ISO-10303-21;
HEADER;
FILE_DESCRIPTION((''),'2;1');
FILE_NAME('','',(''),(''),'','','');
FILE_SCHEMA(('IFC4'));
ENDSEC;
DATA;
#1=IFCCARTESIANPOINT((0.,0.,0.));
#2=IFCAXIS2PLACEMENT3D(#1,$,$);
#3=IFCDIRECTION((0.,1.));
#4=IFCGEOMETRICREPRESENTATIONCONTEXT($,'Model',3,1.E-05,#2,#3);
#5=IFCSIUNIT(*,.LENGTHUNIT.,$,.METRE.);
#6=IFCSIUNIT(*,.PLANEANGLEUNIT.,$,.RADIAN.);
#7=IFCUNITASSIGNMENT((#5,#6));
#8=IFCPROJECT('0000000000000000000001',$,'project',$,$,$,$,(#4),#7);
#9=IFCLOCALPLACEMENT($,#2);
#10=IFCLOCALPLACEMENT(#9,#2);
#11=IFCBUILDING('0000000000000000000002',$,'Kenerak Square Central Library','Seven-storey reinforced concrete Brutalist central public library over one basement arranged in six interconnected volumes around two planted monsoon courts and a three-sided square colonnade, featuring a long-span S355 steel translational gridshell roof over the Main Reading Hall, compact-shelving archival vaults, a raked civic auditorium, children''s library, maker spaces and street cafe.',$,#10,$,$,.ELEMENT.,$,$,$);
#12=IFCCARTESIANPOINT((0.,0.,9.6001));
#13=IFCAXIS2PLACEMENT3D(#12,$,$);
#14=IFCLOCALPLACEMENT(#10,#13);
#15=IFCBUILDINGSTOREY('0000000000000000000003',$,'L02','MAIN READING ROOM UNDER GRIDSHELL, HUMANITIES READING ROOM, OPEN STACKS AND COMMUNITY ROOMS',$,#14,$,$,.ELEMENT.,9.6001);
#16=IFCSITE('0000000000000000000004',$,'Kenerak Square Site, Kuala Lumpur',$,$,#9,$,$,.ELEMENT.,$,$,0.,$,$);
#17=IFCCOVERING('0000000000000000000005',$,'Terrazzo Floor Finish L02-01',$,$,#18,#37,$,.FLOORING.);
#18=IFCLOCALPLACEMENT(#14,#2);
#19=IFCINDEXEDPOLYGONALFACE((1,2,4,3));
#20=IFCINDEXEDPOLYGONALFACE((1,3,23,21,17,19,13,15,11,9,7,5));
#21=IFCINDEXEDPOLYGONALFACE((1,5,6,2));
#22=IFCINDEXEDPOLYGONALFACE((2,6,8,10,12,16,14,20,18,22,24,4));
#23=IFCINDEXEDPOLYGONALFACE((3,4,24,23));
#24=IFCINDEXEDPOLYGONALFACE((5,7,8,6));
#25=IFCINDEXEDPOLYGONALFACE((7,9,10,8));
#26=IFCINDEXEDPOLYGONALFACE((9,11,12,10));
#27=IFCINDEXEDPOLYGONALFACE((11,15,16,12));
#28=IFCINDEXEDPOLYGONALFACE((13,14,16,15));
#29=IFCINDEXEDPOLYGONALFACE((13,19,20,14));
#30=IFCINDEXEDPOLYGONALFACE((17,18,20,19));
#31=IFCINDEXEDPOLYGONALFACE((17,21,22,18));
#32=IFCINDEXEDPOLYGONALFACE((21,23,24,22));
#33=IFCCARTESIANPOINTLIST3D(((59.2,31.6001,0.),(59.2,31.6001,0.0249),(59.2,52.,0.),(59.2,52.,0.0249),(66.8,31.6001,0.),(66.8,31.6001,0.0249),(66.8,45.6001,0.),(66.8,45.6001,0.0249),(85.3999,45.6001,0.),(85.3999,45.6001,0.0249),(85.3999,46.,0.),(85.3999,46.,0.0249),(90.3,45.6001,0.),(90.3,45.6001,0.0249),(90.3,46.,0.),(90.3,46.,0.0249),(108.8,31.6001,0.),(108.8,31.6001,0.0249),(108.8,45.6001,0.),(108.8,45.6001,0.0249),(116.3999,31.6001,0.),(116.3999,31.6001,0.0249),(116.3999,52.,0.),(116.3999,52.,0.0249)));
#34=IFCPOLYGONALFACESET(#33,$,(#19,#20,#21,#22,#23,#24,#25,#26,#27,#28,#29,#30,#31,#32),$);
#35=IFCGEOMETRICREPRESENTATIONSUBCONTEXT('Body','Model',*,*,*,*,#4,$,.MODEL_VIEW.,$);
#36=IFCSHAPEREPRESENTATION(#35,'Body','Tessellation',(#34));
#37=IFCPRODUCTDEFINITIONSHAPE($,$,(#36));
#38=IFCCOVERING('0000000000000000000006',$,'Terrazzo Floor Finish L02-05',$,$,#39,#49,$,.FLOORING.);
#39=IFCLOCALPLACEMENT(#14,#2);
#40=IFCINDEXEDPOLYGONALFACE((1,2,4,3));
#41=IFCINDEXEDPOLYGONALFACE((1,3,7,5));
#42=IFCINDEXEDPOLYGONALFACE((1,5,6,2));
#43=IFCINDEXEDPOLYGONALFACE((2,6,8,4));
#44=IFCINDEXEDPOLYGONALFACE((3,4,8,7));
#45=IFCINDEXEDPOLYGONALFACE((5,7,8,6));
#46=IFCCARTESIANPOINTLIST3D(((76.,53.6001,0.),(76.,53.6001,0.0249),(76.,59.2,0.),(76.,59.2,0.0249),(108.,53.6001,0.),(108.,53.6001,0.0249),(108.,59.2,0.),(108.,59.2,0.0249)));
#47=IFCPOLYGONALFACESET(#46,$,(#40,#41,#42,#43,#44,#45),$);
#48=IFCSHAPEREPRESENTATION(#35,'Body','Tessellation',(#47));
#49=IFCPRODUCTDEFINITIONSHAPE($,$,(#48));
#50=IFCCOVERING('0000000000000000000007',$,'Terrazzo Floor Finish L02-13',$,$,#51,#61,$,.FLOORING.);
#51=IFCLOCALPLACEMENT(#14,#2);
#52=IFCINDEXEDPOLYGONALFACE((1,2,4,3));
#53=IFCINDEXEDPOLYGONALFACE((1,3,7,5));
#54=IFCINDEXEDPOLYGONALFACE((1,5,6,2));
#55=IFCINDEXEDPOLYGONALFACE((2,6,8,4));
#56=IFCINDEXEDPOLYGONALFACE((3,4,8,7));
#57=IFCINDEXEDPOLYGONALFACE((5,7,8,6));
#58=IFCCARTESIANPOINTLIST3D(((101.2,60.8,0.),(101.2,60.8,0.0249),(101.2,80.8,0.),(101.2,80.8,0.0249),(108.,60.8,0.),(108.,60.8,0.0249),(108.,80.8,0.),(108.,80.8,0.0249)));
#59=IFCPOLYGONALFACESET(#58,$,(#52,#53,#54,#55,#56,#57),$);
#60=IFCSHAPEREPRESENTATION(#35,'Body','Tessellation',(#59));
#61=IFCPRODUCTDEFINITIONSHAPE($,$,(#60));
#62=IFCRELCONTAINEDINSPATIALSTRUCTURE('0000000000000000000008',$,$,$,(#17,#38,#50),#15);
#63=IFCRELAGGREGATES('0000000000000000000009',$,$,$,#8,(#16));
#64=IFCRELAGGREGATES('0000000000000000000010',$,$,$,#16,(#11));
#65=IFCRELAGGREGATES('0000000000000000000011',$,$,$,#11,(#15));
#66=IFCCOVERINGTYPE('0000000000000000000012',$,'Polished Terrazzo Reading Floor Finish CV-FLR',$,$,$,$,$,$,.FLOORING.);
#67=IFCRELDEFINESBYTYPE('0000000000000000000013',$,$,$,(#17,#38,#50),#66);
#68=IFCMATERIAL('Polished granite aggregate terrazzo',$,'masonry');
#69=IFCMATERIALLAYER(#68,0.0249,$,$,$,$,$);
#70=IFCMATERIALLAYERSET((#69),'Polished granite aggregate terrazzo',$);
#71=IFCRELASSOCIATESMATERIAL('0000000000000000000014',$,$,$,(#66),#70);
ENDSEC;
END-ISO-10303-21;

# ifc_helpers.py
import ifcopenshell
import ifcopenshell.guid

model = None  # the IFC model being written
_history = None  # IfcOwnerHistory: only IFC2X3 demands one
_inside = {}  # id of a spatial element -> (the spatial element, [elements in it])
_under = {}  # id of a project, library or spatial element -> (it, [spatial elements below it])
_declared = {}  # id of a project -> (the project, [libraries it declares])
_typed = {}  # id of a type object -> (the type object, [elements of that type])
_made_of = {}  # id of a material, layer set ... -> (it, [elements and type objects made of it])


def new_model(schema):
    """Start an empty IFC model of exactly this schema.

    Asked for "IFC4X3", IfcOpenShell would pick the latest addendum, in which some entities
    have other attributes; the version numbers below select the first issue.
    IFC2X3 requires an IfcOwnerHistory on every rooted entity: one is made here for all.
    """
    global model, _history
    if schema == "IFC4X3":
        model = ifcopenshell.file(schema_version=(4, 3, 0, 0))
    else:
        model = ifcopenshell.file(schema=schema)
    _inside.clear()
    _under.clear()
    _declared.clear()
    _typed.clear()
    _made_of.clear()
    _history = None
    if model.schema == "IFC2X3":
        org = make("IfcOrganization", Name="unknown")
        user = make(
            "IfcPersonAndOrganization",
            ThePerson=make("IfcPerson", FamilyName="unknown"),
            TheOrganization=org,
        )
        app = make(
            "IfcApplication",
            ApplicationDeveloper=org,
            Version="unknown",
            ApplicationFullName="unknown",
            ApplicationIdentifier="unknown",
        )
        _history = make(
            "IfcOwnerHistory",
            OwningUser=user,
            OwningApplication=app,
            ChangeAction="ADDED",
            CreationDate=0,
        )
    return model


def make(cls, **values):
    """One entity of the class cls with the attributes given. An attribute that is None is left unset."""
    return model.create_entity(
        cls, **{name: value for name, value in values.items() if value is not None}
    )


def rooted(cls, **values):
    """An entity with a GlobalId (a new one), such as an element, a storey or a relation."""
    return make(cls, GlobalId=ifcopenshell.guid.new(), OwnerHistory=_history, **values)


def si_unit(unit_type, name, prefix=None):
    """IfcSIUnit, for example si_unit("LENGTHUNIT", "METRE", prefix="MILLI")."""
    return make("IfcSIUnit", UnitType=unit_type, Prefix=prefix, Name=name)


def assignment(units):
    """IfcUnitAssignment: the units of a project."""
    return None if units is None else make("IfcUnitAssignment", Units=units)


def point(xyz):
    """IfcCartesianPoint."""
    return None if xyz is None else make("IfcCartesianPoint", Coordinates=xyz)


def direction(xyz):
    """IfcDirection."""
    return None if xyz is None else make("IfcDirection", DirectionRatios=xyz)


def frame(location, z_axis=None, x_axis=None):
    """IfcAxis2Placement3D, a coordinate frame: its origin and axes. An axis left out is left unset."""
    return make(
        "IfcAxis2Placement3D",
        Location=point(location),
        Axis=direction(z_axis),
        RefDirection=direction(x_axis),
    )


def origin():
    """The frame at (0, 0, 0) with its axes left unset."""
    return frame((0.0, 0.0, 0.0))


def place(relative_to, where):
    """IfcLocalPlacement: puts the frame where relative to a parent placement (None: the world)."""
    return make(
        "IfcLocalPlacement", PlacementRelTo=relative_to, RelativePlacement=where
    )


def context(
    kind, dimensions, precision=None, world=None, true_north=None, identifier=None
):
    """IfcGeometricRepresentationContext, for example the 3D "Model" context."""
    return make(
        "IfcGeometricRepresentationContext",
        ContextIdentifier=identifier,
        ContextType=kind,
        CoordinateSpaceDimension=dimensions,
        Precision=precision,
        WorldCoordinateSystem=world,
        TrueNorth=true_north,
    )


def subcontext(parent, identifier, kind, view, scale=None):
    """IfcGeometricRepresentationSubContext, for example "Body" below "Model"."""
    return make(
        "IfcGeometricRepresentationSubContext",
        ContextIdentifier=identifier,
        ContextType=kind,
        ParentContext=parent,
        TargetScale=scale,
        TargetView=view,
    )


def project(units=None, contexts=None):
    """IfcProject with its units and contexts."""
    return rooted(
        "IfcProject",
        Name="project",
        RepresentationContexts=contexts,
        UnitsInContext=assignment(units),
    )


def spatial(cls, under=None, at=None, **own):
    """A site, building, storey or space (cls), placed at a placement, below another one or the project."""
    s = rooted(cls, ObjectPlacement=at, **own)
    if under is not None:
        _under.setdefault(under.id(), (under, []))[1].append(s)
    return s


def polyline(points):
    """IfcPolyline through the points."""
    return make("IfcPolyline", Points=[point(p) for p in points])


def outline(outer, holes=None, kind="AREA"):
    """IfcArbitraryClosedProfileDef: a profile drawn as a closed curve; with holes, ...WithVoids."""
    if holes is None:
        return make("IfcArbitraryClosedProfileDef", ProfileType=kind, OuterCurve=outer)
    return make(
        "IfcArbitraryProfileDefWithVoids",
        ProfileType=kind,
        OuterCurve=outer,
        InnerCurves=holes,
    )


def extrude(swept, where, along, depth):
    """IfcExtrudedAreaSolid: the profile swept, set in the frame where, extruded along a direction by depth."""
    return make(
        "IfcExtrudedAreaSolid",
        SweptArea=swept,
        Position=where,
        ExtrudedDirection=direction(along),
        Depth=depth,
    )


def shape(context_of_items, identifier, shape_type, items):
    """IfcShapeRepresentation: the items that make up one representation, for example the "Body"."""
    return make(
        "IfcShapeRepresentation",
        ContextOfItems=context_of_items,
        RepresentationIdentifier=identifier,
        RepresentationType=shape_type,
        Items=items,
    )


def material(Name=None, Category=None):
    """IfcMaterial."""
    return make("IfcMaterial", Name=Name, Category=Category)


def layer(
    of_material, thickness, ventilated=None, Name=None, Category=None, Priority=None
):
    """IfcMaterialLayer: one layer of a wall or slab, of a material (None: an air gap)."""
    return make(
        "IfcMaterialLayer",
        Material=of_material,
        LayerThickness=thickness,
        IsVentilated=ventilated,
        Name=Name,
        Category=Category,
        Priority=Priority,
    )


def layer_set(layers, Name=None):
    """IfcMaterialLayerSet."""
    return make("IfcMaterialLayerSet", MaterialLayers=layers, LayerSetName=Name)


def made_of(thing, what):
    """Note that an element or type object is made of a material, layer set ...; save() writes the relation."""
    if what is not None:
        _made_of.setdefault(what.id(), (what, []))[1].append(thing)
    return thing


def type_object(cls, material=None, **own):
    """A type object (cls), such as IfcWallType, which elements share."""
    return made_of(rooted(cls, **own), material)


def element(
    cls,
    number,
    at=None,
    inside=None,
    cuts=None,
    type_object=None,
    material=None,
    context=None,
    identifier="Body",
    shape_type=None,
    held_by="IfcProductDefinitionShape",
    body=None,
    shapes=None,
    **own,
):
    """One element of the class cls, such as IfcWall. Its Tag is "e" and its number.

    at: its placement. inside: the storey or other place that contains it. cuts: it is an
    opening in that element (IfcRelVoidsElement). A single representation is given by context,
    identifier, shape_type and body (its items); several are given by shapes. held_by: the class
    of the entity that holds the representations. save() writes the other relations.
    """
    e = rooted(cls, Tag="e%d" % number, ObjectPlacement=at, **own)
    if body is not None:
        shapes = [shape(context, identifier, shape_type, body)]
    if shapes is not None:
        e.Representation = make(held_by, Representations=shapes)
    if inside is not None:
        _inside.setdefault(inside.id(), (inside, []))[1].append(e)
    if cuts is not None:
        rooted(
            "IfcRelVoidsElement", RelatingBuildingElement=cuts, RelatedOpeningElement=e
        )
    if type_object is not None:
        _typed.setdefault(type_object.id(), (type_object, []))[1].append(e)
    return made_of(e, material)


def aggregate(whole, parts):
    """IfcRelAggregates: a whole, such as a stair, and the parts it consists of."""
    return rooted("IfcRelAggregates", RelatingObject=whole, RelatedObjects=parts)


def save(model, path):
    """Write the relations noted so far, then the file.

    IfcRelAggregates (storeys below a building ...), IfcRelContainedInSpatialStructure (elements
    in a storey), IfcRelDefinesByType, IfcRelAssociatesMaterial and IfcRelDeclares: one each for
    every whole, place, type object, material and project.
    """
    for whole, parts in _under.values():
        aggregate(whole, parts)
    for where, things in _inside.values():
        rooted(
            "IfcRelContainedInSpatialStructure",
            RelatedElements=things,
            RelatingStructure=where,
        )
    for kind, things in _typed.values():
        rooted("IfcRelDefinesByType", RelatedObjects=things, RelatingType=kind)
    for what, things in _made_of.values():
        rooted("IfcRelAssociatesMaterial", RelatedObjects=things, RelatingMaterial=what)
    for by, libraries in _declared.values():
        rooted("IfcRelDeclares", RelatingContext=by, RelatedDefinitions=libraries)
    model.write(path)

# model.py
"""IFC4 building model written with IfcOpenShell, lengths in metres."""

from ifc_helpers import new_model, si_unit, direction, frame, origin, place, context, subcontext, project, spatial, polyline, outline, extrude, material, layer, layer_set, type_object, element, save


model = new_model("IFC4")

# Units and contexts
model_context = context("Model", 3, precision=1e-05, world=origin(), true_north=direction((0.0, 1.0)))
body_context = subcontext(model_context, "Body", "Model", "MODEL_VIEW")
ifc_project = project(units=[si_unit("LENGTHUNIT", "METRE"), si_unit("PLANEANGLEUNIT", "RADIAN")], contexts=[model_context])

# Site, building, storey
site_placement = place(None, origin())
site = spatial("IfcSite", under=ifc_project, at=site_placement, Name="Kenerak Square Site, Kuala Lumpur", CompositionType="ELEMENT", RefElevation=0.0)
building_placement = place(site_placement, origin())
building = spatial("IfcBuilding", under=site, at=building_placement, Name="Kenerak Square Central Library", Description="Seven-storey reinforced concrete Brutalist central public library over one basement arranged in six interconnected volumes around two planted monsoon courts and a three-sided square colonnade, featuring a long-span S355 steel translational gridshell roof over the Main Reading Hall, compact-shelving archival vaults, a raked civic auditorium, children's library, maker spaces and street cafe.", CompositionType="ELEMENT")
storey_placement = place(building_placement, frame((0.0, 0.0, 9.6001)))
storey = spatial("IfcBuildingStorey", under=building, at=storey_placement, Name="L02", Description="MAIN READING ROOM UNDER GRIDSHELL, HUMANITIES READING ROOM, OPEN STACKS AND COMMUNITY ROOMS", CompositionType="ELEMENT", Elevation=9.6001)

# Coverings
ifc_material_1 = material(Name="Polished granite aggregate terrazzo", Category="masonry")
ifc_layer_1 = layer(ifc_material_1, 0.0249)
ifc_layer_set_1 = layer_set([ifc_layer_1], Name="Polished granite aggregate terrazzo")
covering_type_1 = type_object("IfcCoveringType", Name="Polished Terrazzo Reading Floor Finish CV-FLR", PredefinedType="FLOORING", material=ifc_layer_set_1)
covering_1_placement = place(storey_placement, origin())
element("IfcCovering", 1, at=covering_1_placement, inside=storey, type_object=covering_type_1, Name="Terrazzo Floor Finish L02-01", PredefinedType="FLOORING", context=body_context, shape_type="SweptSolid", body=[
    extrude(outline(polyline([(59.2, 31.6001), (59.2, 52.0), (116.3999, 52.0), (116.3999, 31.6001), (108.8, 31.6001), (108.8, 45.6001), (90.3, 45.6001), (90.3, 46.0), (85.3999, 46.0), (85.3999, 45.6001), (66.8, 45.6001), (66.8, 31.6001), (59.2, 31.6001)])), origin(), (0.0, 0.0, 1.0), 0.0249),
])
covering_2_placement = place(storey_placement, origin())
element("IfcCovering", 2, at=covering_2_placement, inside=storey, type_object=covering_type_1, Name="Terrazzo Floor Finish L02-05", PredefinedType="FLOORING", context=body_context, shape_type="SweptSolid", body=[
    extrude(outline(polyline([(76.0, 59.2), (108.0, 59.2), (108.0, 53.6001), (76.0, 53.6001), (76.0, 59.2)])), origin(), (0.0, 0.0, 1.0), 0.0249),
])
covering_3_placement = place(storey_placement, origin())
element("IfcCovering", 3, at=covering_3_placement, inside=storey, type_object=covering_type_1, Name="Terrazzo Floor Finish L02-13", PredefinedType="FLOORING", context=body_context, shape_type="SweptSolid", body=[
    extrude(outline(polyline([(101.2, 80.8), (108.0, 80.8), (108.0, 60.8), (101.2, 60.8), (101.2, 80.8)])), origin(), (0.0, 0.0, 1.0), 0.0249),
])

save(model, "model.ifc")
